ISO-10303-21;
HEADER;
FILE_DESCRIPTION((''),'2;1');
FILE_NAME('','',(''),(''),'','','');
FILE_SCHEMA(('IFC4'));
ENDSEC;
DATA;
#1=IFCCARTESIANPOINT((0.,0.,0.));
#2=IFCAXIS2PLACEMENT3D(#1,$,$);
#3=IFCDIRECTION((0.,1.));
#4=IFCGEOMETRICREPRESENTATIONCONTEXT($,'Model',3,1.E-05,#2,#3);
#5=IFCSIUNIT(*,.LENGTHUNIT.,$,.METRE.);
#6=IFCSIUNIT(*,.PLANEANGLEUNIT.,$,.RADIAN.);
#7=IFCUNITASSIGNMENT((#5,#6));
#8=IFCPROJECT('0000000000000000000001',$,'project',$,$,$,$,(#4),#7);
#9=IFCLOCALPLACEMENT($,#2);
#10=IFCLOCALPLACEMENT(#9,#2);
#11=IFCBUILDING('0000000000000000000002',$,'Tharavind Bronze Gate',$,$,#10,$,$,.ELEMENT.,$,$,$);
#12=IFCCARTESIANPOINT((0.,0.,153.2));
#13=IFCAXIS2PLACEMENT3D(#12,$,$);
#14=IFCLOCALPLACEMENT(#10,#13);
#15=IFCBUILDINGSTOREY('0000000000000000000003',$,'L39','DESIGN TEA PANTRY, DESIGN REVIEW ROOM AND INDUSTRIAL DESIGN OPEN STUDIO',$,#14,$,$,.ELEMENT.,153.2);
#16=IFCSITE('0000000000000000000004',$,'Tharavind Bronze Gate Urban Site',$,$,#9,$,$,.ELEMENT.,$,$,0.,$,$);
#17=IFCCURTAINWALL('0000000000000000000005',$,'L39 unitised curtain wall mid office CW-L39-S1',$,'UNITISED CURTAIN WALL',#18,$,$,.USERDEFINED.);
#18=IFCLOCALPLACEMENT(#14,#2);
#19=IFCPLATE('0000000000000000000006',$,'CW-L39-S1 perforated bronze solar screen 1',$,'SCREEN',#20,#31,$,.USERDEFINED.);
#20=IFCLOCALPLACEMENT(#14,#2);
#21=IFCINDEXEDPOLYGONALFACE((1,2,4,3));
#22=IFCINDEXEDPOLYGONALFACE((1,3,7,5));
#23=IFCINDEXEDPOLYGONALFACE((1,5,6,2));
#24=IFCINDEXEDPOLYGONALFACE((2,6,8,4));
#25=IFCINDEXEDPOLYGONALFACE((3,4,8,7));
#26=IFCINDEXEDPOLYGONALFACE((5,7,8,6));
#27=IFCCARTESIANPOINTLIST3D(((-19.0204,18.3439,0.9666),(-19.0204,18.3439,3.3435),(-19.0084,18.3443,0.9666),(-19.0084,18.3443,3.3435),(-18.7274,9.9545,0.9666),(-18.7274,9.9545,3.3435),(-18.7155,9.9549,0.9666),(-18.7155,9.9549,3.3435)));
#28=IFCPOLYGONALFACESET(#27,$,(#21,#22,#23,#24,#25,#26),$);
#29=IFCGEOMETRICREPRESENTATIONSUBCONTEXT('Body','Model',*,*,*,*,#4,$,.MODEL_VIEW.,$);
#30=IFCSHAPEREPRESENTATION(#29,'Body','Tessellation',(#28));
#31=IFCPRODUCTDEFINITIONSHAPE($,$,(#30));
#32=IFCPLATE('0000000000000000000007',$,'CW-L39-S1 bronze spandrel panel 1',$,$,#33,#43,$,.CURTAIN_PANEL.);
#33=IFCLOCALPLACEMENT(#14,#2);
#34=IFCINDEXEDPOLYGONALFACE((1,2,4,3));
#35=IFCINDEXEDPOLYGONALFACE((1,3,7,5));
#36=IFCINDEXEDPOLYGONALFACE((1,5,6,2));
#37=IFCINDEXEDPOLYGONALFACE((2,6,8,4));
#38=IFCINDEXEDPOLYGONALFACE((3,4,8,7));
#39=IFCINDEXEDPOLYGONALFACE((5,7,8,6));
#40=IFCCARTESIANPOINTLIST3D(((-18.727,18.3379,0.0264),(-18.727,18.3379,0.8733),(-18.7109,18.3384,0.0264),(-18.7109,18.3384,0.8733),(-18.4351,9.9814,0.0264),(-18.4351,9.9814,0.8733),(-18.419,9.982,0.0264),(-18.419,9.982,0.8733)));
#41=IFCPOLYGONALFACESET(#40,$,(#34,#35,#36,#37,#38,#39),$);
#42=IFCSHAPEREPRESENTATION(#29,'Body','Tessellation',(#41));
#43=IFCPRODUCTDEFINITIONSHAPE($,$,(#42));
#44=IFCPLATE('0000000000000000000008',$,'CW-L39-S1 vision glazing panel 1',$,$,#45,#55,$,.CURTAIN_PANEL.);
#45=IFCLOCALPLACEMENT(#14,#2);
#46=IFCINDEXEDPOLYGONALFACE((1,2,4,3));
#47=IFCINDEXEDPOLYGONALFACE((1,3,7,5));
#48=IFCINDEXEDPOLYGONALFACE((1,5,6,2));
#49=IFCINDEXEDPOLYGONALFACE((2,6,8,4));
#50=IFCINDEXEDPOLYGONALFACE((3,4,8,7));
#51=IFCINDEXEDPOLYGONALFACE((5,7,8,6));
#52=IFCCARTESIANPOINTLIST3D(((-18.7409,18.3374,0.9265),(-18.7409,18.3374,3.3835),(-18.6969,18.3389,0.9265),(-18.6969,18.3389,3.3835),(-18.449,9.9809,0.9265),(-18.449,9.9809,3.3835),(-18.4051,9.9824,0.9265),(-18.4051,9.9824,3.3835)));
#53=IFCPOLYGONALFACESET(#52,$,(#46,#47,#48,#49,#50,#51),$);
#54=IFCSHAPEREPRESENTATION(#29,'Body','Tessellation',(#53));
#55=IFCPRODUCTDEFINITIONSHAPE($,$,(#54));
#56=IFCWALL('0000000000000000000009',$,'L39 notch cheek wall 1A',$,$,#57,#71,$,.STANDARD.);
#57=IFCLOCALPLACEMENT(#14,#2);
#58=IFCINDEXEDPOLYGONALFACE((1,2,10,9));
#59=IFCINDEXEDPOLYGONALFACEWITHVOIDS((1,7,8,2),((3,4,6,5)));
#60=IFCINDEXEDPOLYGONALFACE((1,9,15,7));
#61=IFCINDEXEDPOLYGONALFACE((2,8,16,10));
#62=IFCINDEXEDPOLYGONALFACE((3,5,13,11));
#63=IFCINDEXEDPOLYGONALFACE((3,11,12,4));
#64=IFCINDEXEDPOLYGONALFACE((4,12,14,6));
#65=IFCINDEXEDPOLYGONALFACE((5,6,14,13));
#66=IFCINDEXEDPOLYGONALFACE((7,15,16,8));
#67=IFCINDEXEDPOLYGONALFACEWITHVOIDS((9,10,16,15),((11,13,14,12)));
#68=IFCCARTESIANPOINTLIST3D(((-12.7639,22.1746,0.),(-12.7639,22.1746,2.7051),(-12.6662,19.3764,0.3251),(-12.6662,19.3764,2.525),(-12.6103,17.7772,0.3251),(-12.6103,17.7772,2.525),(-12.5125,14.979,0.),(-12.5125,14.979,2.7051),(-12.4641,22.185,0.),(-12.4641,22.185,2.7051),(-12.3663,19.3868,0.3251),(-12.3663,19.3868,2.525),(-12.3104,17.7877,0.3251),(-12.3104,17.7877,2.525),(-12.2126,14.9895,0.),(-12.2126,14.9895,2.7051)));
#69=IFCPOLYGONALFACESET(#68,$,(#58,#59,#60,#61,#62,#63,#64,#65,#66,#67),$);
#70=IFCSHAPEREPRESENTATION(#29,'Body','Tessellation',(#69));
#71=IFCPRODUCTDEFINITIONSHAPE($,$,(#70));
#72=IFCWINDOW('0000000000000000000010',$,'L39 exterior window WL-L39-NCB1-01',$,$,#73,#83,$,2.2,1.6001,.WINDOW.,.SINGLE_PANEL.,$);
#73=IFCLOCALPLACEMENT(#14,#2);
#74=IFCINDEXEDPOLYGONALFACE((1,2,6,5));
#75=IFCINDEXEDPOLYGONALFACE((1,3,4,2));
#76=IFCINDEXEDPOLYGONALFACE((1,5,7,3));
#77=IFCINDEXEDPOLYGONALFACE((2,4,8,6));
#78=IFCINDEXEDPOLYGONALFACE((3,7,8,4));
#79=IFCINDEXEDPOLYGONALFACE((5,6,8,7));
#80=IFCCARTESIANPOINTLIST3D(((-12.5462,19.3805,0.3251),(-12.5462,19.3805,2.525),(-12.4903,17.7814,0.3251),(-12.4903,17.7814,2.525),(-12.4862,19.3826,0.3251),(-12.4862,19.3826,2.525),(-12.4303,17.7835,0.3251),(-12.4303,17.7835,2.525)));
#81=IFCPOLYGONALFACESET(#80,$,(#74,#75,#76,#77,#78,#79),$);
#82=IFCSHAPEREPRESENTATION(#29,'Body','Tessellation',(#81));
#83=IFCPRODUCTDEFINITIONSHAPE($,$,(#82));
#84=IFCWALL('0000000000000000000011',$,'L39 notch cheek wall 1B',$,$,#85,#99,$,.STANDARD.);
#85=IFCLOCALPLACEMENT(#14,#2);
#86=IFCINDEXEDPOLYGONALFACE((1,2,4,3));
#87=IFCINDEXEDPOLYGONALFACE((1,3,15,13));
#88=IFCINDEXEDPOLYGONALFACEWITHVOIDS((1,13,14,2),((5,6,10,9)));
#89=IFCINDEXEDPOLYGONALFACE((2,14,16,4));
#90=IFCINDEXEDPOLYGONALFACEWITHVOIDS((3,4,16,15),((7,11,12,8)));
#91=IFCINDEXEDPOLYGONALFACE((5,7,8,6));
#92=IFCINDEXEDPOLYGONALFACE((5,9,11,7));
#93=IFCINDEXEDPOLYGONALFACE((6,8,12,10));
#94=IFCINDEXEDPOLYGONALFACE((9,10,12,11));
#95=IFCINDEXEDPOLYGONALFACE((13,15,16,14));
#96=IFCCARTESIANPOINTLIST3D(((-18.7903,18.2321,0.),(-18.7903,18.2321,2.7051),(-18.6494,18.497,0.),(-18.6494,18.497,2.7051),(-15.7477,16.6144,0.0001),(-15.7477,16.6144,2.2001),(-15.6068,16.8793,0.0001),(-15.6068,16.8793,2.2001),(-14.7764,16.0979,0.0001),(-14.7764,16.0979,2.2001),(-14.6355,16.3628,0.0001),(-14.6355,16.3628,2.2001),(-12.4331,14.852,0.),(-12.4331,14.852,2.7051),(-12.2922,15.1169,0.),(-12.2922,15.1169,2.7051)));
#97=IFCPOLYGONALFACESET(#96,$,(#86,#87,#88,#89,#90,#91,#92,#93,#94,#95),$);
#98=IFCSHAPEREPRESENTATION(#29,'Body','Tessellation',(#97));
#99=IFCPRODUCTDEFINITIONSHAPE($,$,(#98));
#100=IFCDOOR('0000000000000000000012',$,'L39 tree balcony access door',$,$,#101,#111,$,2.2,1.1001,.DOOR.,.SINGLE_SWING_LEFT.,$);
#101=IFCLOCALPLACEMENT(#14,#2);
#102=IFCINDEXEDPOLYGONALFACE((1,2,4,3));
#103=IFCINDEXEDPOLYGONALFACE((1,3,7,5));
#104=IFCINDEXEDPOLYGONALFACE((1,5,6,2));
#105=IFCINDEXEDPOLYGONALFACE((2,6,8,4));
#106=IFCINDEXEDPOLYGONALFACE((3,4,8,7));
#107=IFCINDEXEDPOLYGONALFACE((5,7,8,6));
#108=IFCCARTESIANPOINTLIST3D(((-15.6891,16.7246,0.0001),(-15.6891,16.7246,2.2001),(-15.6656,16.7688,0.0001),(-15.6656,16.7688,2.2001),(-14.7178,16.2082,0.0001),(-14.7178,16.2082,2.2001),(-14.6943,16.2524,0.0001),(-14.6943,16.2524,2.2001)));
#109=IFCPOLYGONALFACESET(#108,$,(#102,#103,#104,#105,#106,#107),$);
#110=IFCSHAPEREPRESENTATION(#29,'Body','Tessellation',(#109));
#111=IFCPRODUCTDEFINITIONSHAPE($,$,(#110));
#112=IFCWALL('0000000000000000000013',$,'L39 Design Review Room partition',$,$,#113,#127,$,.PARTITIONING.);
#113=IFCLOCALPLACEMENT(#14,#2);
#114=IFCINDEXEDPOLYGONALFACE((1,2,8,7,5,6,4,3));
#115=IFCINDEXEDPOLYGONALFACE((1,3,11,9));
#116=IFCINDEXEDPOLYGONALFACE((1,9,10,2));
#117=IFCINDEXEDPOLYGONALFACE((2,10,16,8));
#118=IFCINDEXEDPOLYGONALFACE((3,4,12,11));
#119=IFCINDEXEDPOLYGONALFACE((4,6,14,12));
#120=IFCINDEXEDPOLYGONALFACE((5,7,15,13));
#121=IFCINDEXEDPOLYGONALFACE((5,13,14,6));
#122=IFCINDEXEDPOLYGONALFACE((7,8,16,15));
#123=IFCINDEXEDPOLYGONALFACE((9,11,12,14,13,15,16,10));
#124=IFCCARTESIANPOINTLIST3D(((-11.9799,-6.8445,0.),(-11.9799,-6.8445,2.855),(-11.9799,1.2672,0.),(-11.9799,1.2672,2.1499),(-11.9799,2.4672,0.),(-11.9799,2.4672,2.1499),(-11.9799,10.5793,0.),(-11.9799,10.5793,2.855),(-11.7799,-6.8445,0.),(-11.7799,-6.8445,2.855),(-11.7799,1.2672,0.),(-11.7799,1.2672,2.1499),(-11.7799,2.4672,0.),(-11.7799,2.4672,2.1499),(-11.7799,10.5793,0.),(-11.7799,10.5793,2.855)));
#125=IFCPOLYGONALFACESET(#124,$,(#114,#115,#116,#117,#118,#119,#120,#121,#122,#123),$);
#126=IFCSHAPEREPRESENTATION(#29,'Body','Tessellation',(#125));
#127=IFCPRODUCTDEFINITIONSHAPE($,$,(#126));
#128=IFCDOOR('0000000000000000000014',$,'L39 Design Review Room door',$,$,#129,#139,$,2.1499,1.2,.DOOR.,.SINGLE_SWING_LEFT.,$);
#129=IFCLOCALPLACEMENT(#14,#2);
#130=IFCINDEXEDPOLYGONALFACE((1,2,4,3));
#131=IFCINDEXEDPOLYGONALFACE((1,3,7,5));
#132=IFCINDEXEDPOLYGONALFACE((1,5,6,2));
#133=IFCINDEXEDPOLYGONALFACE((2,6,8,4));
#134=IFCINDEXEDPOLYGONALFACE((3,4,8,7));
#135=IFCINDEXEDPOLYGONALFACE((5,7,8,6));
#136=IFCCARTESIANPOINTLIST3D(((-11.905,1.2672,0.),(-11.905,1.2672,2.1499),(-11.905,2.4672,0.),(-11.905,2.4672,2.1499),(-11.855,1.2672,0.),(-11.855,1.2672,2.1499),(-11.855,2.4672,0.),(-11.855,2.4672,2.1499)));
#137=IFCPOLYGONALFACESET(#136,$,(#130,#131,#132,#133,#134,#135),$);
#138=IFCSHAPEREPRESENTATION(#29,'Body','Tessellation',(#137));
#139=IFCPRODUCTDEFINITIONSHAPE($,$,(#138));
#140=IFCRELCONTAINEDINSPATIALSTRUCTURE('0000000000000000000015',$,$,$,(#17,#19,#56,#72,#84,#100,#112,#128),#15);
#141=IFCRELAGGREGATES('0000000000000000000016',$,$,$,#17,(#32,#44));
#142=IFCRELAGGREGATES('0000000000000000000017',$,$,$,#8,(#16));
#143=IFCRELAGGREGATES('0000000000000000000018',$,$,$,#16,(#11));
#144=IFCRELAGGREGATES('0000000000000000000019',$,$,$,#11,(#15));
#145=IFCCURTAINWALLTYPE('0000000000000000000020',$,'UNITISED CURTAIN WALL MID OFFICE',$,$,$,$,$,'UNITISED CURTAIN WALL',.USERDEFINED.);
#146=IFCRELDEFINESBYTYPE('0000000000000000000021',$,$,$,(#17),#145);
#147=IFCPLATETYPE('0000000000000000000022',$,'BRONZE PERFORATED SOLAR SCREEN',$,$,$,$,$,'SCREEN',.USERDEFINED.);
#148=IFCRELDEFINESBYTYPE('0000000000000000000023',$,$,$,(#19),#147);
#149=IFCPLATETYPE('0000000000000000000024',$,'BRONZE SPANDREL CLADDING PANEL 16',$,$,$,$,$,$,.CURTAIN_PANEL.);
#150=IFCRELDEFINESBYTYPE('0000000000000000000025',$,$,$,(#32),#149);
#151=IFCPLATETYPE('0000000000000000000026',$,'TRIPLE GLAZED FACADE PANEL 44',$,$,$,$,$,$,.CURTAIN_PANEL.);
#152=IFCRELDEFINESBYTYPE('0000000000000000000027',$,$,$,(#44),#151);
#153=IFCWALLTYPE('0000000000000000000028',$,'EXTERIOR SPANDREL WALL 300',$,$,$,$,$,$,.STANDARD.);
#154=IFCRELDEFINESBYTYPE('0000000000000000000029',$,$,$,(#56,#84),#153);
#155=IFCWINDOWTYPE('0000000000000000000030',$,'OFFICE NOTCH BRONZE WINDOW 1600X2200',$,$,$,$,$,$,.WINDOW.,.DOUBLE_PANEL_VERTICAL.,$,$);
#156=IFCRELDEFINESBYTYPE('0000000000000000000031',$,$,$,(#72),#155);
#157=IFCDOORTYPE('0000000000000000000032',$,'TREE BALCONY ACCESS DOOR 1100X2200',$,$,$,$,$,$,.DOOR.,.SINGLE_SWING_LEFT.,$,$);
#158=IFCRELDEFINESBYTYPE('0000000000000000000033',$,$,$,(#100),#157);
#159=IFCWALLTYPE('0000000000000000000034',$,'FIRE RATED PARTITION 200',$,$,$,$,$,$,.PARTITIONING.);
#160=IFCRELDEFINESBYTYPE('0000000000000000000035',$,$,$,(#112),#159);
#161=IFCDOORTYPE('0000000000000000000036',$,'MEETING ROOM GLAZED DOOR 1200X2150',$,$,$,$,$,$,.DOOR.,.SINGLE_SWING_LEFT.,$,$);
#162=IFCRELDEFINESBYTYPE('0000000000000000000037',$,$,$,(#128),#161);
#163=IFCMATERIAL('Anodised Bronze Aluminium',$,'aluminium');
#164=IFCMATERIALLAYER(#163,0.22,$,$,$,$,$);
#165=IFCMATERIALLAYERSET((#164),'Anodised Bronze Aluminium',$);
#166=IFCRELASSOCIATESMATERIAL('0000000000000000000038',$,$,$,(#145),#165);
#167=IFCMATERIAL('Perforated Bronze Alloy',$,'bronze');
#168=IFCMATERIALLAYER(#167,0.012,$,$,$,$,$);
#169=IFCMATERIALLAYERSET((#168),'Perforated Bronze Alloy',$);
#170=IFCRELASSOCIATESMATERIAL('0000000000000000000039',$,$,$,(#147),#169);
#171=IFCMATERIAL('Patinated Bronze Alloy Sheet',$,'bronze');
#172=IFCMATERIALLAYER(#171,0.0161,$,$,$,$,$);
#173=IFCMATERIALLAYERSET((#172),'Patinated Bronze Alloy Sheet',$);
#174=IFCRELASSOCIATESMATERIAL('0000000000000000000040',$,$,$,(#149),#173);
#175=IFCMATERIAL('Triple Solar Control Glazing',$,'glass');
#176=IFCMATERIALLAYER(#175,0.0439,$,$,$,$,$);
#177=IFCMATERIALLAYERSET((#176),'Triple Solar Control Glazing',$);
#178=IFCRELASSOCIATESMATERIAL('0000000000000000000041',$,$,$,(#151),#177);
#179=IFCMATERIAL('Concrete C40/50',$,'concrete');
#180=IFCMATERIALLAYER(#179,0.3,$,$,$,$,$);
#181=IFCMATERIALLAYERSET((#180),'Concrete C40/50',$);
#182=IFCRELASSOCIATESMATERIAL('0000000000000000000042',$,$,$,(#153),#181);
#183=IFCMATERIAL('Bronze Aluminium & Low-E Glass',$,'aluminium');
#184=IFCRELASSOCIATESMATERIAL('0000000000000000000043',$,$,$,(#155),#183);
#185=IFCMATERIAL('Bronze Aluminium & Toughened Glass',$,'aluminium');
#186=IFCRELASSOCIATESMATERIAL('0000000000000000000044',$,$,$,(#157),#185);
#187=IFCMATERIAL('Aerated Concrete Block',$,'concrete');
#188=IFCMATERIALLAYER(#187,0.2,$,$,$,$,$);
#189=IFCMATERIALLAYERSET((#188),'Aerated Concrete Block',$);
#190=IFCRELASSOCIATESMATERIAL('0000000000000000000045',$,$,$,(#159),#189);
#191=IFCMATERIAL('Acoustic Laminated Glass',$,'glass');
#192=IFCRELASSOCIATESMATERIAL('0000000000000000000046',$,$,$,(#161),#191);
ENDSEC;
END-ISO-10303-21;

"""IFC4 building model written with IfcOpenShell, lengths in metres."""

from ifc_helpers import new_model, si_unit, direction, frame, frame_2d, origin, origin_2d, place, context, subcontext, project, spatial, rectangle, extrude, material, layer, layer_set, type_object, element, fill, aggregate, save


model = new_model("IFC4")

# Units and contexts
model_context = context("Model", 3, precision=1e-05, world=origin(), true_north=direction((0.0, 1.0)))
body_context = subcontext(model_context, "Body", "Model", "MODEL_VIEW")
ifc_project = project(units=[si_unit("LENGTHUNIT", "METRE"), si_unit("PLANEANGLEUNIT", "RADIAN")], contexts=[model_context])

# Site, building, storey
site_placement = place(None, origin())
site = spatial("IfcSite", under=ifc_project, at=site_placement, Name="Tharavind Bronze Gate Urban Site", CompositionType="ELEMENT", RefElevation=0.0)
building_placement = place(site_placement, origin())
building = spatial("IfcBuilding", under=site, at=building_placement, Name="Tharavind Bronze Gate", CompositionType="ELEMENT")
storey_placement = place(building_placement, frame((0.0, 0.0, 153.2)))
storey = spatial("IfcBuildingStorey", under=building, at=storey_placement, Name="L39", Description="DESIGN TEA PANTRY, DESIGN REVIEW ROOM AND INDUSTRIAL DESIGN OPEN STUDIO", CompositionType="ELEMENT", Elevation=153.2)

# Curtain wall
ifc_material_1 = material(Name="Anodised Bronze Aluminium", Category="aluminium")
ifc_layer_1 = layer(ifc_material_1, 0.22)
ifc_layer_set_1 = layer_set([ifc_layer_1], Name="Anodised Bronze Aluminium")
curtain_wall_type = type_object("IfcCurtainWallType", Name="UNITISED CURTAIN WALL MID OFFICE", ElementType="UNITISED CURTAIN WALL", PredefinedType="USERDEFINED", material=ifc_layer_set_1)
curtain_wall_1_placement = place(storey_placement, origin())
curtain_wall_1 = element("IfcCurtainWall", 1, at=curtain_wall_1_placement, inside=storey, type_object=curtain_wall_type, Name="L39 unitised curtain wall mid office CW-L39-S1", ObjectType="UNITISED CURTAIN WALL", PredefinedType="USERDEFINED")

# Plates
ifc_material_2 = material(Name="Perforated Bronze Alloy", Category="bronze")
ifc_layer_2 = layer(ifc_material_2, 0.012)
ifc_layer_set_2 = layer_set([ifc_layer_2], Name="Perforated Bronze Alloy")
plate_type_1 = type_object("IfcPlateType", Name="BRONZE PERFORATED SOLAR SCREEN", ElementType="SCREEN", PredefinedType="USERDEFINED", material=ifc_layer_set_2)
plate_1_placement = place(storey_placement, frame((-18.8679, 14.1494, 0.9666), z_axis=(0.0, 0.0, 1.0), x_axis=(0.034899, -0.999391, 0.0)))
element("IfcPlate", 2, at=plate_1_placement, inside=storey, type_object=plate_type_1, Name="CW-L39-S1 perforated bronze solar screen 1", ObjectType="SCREEN", PredefinedType="USERDEFINED", context=body_context, shape_type="SweptSolid", body=[
    extrude(rectangle(XDim=8.3945, YDim=0.012, at=origin_2d()), origin(), (0.0, 0.0, 1.0), 2.377),
])
ifc_material_3 = material(Name="Patinated Bronze Alloy Sheet", Category="bronze")
ifc_layer_3 = layer(ifc_material_3, 0.0161)
ifc_layer_set_3 = layer_set([ifc_layer_3], Name="Patinated Bronze Alloy Sheet")
plate_type_2 = type_object("IfcPlateType", Name="BRONZE SPANDREL CLADDING PANEL 16", PredefinedType="CURTAIN_PANEL", material=ifc_layer_set_3)
plate_2_placement = place(storey_placement, frame((-18.573, 14.1599, 0.0264), z_axis=(0.0, 0.0, 1.0), x_axis=(0.034899, -0.999391, 0.0)))
plate_2 = element("IfcPlate", 3, at=plate_2_placement, type_object=plate_type_2, Name="CW-L39-S1 bronze spandrel panel 1", PredefinedType="CURTAIN_PANEL", context=body_context, shape_type="SweptSolid", body=[
    extrude(rectangle(XDim=8.3616, YDim=0.0161, at=origin_2d()), origin(), (0.0, 0.0, 1.0), 0.8469),
])
ifc_material_4 = material(Name="Triple Solar Control Glazing", Category="glass")
ifc_layer_4 = layer(ifc_material_4, 0.0439)
ifc_layer_set_4 = layer_set([ifc_layer_4], Name="Triple Solar Control Glazing")
plate_type_3 = type_object("IfcPlateType", Name="TRIPLE GLAZED FACADE PANEL 44", PredefinedType="CURTAIN_PANEL", material=ifc_layer_set_4)
plate_3_placement = place(storey_placement, frame((-18.573, 14.1599, 0.9265), z_axis=(0.0, 0.0, 1.0), x_axis=(0.034899, -0.999391, 0.0)))
plate_3 = element("IfcPlate", 4, at=plate_3_placement, type_object=plate_type_3, Name="CW-L39-S1 vision glazing panel 1", PredefinedType="CURTAIN_PANEL", context=body_context, shape_type="SweptSolid", body=[
    extrude(rectangle(XDim=8.3616, YDim=0.0439, at=origin_2d()), origin(), (0.0, 0.0, 1.0), 2.457),
])
aggregate(curtain_wall_1, [plate_2, plate_3])

# Wall, opening, window
ifc_material_5 = material(Name="Concrete C40/50", Category="concrete")
ifc_layer_5 = layer(ifc_material_5, 0.3)
ifc_layer_set_5 = layer_set([ifc_layer_5], Name="Concrete C40/50")
wall_type_1 = type_object("IfcWallType", Name="EXTERIOR SPANDREL WALL 300", PredefinedType="STANDARD", material=ifc_layer_set_5)
wall_1_placement = place(storey_placement, frame((-12.614, 22.1799, 0.0), z_axis=(0.0, 0.0, 1.0), x_axis=(0.034926, -0.99939, 0.0)))
wall_1 = element("IfcWall", 5, at=wall_1_placement, inside=storey, type_object=wall_type_1, Name="L39 notch cheek wall 1A", PredefinedType="STANDARD", context=body_context, shape_type="SweptSolid", body=[
    extrude(rectangle(XDim=7.2, YDim=0.3, at=frame_2d((3.6001, 0.0))), origin(), (0.0, 0.0, 1.0), 2.7051),
])
opening_1_placement = place(wall_1_placement, frame((2.8, 0.0, 0.325)))
opening_1 = element("IfcOpeningElement", 6, at=opening_1_placement, cuts=wall_1, PredefinedType="OPENING", context=body_context, shape_type="SweptSolid", body=[
    extrude(rectangle(XDim=1.6001, YDim=2.2, at=frame_2d((0.8, 1.1001))), frame((0.0, 0.1599, 0.0), z_axis=(0.0, -1.0, 0.0), x_axis=(1.0, 0.0, 0.0)), (0.0, 0.0, 1.0), 0.32),
])
ifc_material_6 = material(Name="Bronze Aluminium & Low-E Glass", Category="aluminium")
window_type = type_object("IfcWindowType", Name="OFFICE NOTCH BRONZE WINDOW 1600X2200", PartitioningType="DOUBLE_PANEL_VERTICAL", PredefinedType="WINDOW", material=ifc_material_6)
window_placement = place(opening_1_placement, origin())
window = element("IfcWindow", 7, at=window_placement, inside=storey, type_object=window_type, Name="L39 exterior window WL-L39-NCB1-01", OverallHeight=2.2, OverallWidth=1.6001, PartitioningType="SINGLE_PANEL", PredefinedType="WINDOW", context=body_context, shape_type="SweptSolid", body=[
    extrude(rectangle(XDim=1.6001, YDim=2.2, at=frame_2d((0.8, 1.1001))), frame((0.0, 0.03, 0.0), z_axis=(0.0, -1.0, 0.0), x_axis=(1.0, 0.0, 0.0)), (0.0, 0.0, 1.0), 0.0601),
])
fill(opening_1, window)

# Walls, openings, doors
wall_2_placement = place(storey_placement, frame((-12.3625, 14.9844, 0.0), z_axis=(0.0, 0.0, 1.0), x_axis=(-0.88295, 0.469467, 0.0)))
wall_2 = element("IfcWall", 8, at=wall_2_placement, inside=storey, type_object=wall_type_1, Name="L39 notch cheek wall 1B", PredefinedType="STANDARD", context=body_context, shape_type="SweptSolid", body=[
    extrude(rectangle(XDim=7.2, YDim=0.3, at=frame_2d((3.6001, 0.0))), origin(), (0.0, 0.0, 1.0), 2.7051),
])
opening_2_placement = place(wall_2_placement, frame((2.6541, 0.0, 0.0)))
opening_2 = element("IfcOpeningElement", 9, at=opening_2_placement, cuts=wall_2, PredefinedType="OPENING", context=body_context, shape_type="SweptSolid", body=[
    extrude(rectangle(XDim=1.1001, YDim=2.2, at=frame_2d((0.55, 1.1001))), frame((0.0, 0.1599, 0.0), z_axis=(0.0, -1.0, 0.0), x_axis=(1.0, 0.0, 0.0)), (0.0, 0.0, 1.0), 0.32),
])
ifc_material_7 = material(Name="Bronze Aluminium & Toughened Glass", Category="aluminium")
door_type_1 = type_object("IfcDoorType", Name="TREE BALCONY ACCESS DOOR 1100X2200", OperationType="SINGLE_SWING_LEFT", PredefinedType="DOOR", material=ifc_material_7)
door_1_placement = place(opening_2_placement, frame((1.1001, 0.0, 0.0), z_axis=(0.0, 0.0, 1.0), x_axis=(-1.0, 0.0, 0.0)))
door_1 = element("IfcDoor", 10, at=door_1_placement, inside=storey, type_object=door_type_1, Name="L39 tree balcony access door", OperationType="SINGLE_SWING_LEFT", OverallHeight=2.2, OverallWidth=1.1001, PredefinedType="DOOR", context=body_context, shape_type="SweptSolid", body=[
    extrude(rectangle(XDim=1.1001, YDim=2.2, at=frame_2d((0.55, 1.1001))), frame((0.0, 0.0249, 0.0), z_axis=(0.0, -1.0, 0.0), x_axis=(1.0, 0.0, 0.0)), (0.0, 0.0, 1.0), 0.05),
])
fill(opening_2, door_1)
ifc_material_8 = material(Name="Aerated Concrete Block", Category="concrete")
ifc_layer_6 = layer(ifc_material_8, 0.2)
ifc_layer_set_6 = layer_set([ifc_layer_6], Name="Aerated Concrete Block")
wall_type_2 = type_object("IfcWallType", Name="FIRE RATED PARTITION 200", PredefinedType="PARTITIONING", material=ifc_layer_set_6)
wall_3_placement = place(storey_placement, frame((-11.8799, 10.5793, 0.0), z_axis=(0.0, 0.0, 1.0), x_axis=(0.0, -1.0, 0.0)))
wall_3 = element("IfcWall", 11, at=wall_3_placement, inside=storey, type_object=wall_type_2, Name="L39 Design Review Room partition", PredefinedType="PARTITIONING", context=body_context, shape_type="SweptSolid", body=[
    extrude(rectangle(XDim=17.4238, YDim=0.2, at=frame_2d((8.7119, 0.0))), origin(), (0.0, 0.0, 1.0), 2.855),
])
opening_3_placement = place(wall_3_placement, frame((8.1121, 0.0, 0.0)))
opening_3 = element("IfcOpeningElement", 12, at=opening_3_placement, cuts=wall_3, PredefinedType="OPENING", context=body_context, shape_type="SweptSolid", body=[
    extrude(rectangle(XDim=1.2, YDim=2.1499, at=frame_2d((0.6001, 1.075))), frame((0.0, 0.1101, 0.0), z_axis=(0.0, -1.0, 0.0), x_axis=(1.0, 0.0, 0.0)), (0.0, 0.0, 1.0), 0.22),
])
ifc_material_9 = material(Name="Acoustic Laminated Glass", Category="glass")
door_type_2 = type_object("IfcDoorType", Name="MEETING ROOM GLAZED DOOR 1200X2150", OperationType="SINGLE_SWING_LEFT", PredefinedType="DOOR", material=ifc_material_9)
door_2_placement = place(opening_3_placement, origin())
door_2 = element("IfcDoor", 13, at=door_2_placement, inside=storey, type_object=door_type_2, Name="L39 Design Review Room door", OperationType="SINGLE_SWING_LEFT", OverallHeight=2.1499, OverallWidth=1.2, PredefinedType="DOOR", context=body_context, shape_type="SweptSolid", body=[
    extrude(rectangle(XDim=1.2, YDim=2.1499, at=frame_2d((0.6001, 1.075))), frame((0.0, 0.0249, 0.0), z_axis=(0.0, -1.0, 0.0), x_axis=(1.0, 0.0, 0.0)), (0.0, 0.0, 1.0), 0.05),
])
fill(opening_3, door_2)

save(model, "model.ifc")
